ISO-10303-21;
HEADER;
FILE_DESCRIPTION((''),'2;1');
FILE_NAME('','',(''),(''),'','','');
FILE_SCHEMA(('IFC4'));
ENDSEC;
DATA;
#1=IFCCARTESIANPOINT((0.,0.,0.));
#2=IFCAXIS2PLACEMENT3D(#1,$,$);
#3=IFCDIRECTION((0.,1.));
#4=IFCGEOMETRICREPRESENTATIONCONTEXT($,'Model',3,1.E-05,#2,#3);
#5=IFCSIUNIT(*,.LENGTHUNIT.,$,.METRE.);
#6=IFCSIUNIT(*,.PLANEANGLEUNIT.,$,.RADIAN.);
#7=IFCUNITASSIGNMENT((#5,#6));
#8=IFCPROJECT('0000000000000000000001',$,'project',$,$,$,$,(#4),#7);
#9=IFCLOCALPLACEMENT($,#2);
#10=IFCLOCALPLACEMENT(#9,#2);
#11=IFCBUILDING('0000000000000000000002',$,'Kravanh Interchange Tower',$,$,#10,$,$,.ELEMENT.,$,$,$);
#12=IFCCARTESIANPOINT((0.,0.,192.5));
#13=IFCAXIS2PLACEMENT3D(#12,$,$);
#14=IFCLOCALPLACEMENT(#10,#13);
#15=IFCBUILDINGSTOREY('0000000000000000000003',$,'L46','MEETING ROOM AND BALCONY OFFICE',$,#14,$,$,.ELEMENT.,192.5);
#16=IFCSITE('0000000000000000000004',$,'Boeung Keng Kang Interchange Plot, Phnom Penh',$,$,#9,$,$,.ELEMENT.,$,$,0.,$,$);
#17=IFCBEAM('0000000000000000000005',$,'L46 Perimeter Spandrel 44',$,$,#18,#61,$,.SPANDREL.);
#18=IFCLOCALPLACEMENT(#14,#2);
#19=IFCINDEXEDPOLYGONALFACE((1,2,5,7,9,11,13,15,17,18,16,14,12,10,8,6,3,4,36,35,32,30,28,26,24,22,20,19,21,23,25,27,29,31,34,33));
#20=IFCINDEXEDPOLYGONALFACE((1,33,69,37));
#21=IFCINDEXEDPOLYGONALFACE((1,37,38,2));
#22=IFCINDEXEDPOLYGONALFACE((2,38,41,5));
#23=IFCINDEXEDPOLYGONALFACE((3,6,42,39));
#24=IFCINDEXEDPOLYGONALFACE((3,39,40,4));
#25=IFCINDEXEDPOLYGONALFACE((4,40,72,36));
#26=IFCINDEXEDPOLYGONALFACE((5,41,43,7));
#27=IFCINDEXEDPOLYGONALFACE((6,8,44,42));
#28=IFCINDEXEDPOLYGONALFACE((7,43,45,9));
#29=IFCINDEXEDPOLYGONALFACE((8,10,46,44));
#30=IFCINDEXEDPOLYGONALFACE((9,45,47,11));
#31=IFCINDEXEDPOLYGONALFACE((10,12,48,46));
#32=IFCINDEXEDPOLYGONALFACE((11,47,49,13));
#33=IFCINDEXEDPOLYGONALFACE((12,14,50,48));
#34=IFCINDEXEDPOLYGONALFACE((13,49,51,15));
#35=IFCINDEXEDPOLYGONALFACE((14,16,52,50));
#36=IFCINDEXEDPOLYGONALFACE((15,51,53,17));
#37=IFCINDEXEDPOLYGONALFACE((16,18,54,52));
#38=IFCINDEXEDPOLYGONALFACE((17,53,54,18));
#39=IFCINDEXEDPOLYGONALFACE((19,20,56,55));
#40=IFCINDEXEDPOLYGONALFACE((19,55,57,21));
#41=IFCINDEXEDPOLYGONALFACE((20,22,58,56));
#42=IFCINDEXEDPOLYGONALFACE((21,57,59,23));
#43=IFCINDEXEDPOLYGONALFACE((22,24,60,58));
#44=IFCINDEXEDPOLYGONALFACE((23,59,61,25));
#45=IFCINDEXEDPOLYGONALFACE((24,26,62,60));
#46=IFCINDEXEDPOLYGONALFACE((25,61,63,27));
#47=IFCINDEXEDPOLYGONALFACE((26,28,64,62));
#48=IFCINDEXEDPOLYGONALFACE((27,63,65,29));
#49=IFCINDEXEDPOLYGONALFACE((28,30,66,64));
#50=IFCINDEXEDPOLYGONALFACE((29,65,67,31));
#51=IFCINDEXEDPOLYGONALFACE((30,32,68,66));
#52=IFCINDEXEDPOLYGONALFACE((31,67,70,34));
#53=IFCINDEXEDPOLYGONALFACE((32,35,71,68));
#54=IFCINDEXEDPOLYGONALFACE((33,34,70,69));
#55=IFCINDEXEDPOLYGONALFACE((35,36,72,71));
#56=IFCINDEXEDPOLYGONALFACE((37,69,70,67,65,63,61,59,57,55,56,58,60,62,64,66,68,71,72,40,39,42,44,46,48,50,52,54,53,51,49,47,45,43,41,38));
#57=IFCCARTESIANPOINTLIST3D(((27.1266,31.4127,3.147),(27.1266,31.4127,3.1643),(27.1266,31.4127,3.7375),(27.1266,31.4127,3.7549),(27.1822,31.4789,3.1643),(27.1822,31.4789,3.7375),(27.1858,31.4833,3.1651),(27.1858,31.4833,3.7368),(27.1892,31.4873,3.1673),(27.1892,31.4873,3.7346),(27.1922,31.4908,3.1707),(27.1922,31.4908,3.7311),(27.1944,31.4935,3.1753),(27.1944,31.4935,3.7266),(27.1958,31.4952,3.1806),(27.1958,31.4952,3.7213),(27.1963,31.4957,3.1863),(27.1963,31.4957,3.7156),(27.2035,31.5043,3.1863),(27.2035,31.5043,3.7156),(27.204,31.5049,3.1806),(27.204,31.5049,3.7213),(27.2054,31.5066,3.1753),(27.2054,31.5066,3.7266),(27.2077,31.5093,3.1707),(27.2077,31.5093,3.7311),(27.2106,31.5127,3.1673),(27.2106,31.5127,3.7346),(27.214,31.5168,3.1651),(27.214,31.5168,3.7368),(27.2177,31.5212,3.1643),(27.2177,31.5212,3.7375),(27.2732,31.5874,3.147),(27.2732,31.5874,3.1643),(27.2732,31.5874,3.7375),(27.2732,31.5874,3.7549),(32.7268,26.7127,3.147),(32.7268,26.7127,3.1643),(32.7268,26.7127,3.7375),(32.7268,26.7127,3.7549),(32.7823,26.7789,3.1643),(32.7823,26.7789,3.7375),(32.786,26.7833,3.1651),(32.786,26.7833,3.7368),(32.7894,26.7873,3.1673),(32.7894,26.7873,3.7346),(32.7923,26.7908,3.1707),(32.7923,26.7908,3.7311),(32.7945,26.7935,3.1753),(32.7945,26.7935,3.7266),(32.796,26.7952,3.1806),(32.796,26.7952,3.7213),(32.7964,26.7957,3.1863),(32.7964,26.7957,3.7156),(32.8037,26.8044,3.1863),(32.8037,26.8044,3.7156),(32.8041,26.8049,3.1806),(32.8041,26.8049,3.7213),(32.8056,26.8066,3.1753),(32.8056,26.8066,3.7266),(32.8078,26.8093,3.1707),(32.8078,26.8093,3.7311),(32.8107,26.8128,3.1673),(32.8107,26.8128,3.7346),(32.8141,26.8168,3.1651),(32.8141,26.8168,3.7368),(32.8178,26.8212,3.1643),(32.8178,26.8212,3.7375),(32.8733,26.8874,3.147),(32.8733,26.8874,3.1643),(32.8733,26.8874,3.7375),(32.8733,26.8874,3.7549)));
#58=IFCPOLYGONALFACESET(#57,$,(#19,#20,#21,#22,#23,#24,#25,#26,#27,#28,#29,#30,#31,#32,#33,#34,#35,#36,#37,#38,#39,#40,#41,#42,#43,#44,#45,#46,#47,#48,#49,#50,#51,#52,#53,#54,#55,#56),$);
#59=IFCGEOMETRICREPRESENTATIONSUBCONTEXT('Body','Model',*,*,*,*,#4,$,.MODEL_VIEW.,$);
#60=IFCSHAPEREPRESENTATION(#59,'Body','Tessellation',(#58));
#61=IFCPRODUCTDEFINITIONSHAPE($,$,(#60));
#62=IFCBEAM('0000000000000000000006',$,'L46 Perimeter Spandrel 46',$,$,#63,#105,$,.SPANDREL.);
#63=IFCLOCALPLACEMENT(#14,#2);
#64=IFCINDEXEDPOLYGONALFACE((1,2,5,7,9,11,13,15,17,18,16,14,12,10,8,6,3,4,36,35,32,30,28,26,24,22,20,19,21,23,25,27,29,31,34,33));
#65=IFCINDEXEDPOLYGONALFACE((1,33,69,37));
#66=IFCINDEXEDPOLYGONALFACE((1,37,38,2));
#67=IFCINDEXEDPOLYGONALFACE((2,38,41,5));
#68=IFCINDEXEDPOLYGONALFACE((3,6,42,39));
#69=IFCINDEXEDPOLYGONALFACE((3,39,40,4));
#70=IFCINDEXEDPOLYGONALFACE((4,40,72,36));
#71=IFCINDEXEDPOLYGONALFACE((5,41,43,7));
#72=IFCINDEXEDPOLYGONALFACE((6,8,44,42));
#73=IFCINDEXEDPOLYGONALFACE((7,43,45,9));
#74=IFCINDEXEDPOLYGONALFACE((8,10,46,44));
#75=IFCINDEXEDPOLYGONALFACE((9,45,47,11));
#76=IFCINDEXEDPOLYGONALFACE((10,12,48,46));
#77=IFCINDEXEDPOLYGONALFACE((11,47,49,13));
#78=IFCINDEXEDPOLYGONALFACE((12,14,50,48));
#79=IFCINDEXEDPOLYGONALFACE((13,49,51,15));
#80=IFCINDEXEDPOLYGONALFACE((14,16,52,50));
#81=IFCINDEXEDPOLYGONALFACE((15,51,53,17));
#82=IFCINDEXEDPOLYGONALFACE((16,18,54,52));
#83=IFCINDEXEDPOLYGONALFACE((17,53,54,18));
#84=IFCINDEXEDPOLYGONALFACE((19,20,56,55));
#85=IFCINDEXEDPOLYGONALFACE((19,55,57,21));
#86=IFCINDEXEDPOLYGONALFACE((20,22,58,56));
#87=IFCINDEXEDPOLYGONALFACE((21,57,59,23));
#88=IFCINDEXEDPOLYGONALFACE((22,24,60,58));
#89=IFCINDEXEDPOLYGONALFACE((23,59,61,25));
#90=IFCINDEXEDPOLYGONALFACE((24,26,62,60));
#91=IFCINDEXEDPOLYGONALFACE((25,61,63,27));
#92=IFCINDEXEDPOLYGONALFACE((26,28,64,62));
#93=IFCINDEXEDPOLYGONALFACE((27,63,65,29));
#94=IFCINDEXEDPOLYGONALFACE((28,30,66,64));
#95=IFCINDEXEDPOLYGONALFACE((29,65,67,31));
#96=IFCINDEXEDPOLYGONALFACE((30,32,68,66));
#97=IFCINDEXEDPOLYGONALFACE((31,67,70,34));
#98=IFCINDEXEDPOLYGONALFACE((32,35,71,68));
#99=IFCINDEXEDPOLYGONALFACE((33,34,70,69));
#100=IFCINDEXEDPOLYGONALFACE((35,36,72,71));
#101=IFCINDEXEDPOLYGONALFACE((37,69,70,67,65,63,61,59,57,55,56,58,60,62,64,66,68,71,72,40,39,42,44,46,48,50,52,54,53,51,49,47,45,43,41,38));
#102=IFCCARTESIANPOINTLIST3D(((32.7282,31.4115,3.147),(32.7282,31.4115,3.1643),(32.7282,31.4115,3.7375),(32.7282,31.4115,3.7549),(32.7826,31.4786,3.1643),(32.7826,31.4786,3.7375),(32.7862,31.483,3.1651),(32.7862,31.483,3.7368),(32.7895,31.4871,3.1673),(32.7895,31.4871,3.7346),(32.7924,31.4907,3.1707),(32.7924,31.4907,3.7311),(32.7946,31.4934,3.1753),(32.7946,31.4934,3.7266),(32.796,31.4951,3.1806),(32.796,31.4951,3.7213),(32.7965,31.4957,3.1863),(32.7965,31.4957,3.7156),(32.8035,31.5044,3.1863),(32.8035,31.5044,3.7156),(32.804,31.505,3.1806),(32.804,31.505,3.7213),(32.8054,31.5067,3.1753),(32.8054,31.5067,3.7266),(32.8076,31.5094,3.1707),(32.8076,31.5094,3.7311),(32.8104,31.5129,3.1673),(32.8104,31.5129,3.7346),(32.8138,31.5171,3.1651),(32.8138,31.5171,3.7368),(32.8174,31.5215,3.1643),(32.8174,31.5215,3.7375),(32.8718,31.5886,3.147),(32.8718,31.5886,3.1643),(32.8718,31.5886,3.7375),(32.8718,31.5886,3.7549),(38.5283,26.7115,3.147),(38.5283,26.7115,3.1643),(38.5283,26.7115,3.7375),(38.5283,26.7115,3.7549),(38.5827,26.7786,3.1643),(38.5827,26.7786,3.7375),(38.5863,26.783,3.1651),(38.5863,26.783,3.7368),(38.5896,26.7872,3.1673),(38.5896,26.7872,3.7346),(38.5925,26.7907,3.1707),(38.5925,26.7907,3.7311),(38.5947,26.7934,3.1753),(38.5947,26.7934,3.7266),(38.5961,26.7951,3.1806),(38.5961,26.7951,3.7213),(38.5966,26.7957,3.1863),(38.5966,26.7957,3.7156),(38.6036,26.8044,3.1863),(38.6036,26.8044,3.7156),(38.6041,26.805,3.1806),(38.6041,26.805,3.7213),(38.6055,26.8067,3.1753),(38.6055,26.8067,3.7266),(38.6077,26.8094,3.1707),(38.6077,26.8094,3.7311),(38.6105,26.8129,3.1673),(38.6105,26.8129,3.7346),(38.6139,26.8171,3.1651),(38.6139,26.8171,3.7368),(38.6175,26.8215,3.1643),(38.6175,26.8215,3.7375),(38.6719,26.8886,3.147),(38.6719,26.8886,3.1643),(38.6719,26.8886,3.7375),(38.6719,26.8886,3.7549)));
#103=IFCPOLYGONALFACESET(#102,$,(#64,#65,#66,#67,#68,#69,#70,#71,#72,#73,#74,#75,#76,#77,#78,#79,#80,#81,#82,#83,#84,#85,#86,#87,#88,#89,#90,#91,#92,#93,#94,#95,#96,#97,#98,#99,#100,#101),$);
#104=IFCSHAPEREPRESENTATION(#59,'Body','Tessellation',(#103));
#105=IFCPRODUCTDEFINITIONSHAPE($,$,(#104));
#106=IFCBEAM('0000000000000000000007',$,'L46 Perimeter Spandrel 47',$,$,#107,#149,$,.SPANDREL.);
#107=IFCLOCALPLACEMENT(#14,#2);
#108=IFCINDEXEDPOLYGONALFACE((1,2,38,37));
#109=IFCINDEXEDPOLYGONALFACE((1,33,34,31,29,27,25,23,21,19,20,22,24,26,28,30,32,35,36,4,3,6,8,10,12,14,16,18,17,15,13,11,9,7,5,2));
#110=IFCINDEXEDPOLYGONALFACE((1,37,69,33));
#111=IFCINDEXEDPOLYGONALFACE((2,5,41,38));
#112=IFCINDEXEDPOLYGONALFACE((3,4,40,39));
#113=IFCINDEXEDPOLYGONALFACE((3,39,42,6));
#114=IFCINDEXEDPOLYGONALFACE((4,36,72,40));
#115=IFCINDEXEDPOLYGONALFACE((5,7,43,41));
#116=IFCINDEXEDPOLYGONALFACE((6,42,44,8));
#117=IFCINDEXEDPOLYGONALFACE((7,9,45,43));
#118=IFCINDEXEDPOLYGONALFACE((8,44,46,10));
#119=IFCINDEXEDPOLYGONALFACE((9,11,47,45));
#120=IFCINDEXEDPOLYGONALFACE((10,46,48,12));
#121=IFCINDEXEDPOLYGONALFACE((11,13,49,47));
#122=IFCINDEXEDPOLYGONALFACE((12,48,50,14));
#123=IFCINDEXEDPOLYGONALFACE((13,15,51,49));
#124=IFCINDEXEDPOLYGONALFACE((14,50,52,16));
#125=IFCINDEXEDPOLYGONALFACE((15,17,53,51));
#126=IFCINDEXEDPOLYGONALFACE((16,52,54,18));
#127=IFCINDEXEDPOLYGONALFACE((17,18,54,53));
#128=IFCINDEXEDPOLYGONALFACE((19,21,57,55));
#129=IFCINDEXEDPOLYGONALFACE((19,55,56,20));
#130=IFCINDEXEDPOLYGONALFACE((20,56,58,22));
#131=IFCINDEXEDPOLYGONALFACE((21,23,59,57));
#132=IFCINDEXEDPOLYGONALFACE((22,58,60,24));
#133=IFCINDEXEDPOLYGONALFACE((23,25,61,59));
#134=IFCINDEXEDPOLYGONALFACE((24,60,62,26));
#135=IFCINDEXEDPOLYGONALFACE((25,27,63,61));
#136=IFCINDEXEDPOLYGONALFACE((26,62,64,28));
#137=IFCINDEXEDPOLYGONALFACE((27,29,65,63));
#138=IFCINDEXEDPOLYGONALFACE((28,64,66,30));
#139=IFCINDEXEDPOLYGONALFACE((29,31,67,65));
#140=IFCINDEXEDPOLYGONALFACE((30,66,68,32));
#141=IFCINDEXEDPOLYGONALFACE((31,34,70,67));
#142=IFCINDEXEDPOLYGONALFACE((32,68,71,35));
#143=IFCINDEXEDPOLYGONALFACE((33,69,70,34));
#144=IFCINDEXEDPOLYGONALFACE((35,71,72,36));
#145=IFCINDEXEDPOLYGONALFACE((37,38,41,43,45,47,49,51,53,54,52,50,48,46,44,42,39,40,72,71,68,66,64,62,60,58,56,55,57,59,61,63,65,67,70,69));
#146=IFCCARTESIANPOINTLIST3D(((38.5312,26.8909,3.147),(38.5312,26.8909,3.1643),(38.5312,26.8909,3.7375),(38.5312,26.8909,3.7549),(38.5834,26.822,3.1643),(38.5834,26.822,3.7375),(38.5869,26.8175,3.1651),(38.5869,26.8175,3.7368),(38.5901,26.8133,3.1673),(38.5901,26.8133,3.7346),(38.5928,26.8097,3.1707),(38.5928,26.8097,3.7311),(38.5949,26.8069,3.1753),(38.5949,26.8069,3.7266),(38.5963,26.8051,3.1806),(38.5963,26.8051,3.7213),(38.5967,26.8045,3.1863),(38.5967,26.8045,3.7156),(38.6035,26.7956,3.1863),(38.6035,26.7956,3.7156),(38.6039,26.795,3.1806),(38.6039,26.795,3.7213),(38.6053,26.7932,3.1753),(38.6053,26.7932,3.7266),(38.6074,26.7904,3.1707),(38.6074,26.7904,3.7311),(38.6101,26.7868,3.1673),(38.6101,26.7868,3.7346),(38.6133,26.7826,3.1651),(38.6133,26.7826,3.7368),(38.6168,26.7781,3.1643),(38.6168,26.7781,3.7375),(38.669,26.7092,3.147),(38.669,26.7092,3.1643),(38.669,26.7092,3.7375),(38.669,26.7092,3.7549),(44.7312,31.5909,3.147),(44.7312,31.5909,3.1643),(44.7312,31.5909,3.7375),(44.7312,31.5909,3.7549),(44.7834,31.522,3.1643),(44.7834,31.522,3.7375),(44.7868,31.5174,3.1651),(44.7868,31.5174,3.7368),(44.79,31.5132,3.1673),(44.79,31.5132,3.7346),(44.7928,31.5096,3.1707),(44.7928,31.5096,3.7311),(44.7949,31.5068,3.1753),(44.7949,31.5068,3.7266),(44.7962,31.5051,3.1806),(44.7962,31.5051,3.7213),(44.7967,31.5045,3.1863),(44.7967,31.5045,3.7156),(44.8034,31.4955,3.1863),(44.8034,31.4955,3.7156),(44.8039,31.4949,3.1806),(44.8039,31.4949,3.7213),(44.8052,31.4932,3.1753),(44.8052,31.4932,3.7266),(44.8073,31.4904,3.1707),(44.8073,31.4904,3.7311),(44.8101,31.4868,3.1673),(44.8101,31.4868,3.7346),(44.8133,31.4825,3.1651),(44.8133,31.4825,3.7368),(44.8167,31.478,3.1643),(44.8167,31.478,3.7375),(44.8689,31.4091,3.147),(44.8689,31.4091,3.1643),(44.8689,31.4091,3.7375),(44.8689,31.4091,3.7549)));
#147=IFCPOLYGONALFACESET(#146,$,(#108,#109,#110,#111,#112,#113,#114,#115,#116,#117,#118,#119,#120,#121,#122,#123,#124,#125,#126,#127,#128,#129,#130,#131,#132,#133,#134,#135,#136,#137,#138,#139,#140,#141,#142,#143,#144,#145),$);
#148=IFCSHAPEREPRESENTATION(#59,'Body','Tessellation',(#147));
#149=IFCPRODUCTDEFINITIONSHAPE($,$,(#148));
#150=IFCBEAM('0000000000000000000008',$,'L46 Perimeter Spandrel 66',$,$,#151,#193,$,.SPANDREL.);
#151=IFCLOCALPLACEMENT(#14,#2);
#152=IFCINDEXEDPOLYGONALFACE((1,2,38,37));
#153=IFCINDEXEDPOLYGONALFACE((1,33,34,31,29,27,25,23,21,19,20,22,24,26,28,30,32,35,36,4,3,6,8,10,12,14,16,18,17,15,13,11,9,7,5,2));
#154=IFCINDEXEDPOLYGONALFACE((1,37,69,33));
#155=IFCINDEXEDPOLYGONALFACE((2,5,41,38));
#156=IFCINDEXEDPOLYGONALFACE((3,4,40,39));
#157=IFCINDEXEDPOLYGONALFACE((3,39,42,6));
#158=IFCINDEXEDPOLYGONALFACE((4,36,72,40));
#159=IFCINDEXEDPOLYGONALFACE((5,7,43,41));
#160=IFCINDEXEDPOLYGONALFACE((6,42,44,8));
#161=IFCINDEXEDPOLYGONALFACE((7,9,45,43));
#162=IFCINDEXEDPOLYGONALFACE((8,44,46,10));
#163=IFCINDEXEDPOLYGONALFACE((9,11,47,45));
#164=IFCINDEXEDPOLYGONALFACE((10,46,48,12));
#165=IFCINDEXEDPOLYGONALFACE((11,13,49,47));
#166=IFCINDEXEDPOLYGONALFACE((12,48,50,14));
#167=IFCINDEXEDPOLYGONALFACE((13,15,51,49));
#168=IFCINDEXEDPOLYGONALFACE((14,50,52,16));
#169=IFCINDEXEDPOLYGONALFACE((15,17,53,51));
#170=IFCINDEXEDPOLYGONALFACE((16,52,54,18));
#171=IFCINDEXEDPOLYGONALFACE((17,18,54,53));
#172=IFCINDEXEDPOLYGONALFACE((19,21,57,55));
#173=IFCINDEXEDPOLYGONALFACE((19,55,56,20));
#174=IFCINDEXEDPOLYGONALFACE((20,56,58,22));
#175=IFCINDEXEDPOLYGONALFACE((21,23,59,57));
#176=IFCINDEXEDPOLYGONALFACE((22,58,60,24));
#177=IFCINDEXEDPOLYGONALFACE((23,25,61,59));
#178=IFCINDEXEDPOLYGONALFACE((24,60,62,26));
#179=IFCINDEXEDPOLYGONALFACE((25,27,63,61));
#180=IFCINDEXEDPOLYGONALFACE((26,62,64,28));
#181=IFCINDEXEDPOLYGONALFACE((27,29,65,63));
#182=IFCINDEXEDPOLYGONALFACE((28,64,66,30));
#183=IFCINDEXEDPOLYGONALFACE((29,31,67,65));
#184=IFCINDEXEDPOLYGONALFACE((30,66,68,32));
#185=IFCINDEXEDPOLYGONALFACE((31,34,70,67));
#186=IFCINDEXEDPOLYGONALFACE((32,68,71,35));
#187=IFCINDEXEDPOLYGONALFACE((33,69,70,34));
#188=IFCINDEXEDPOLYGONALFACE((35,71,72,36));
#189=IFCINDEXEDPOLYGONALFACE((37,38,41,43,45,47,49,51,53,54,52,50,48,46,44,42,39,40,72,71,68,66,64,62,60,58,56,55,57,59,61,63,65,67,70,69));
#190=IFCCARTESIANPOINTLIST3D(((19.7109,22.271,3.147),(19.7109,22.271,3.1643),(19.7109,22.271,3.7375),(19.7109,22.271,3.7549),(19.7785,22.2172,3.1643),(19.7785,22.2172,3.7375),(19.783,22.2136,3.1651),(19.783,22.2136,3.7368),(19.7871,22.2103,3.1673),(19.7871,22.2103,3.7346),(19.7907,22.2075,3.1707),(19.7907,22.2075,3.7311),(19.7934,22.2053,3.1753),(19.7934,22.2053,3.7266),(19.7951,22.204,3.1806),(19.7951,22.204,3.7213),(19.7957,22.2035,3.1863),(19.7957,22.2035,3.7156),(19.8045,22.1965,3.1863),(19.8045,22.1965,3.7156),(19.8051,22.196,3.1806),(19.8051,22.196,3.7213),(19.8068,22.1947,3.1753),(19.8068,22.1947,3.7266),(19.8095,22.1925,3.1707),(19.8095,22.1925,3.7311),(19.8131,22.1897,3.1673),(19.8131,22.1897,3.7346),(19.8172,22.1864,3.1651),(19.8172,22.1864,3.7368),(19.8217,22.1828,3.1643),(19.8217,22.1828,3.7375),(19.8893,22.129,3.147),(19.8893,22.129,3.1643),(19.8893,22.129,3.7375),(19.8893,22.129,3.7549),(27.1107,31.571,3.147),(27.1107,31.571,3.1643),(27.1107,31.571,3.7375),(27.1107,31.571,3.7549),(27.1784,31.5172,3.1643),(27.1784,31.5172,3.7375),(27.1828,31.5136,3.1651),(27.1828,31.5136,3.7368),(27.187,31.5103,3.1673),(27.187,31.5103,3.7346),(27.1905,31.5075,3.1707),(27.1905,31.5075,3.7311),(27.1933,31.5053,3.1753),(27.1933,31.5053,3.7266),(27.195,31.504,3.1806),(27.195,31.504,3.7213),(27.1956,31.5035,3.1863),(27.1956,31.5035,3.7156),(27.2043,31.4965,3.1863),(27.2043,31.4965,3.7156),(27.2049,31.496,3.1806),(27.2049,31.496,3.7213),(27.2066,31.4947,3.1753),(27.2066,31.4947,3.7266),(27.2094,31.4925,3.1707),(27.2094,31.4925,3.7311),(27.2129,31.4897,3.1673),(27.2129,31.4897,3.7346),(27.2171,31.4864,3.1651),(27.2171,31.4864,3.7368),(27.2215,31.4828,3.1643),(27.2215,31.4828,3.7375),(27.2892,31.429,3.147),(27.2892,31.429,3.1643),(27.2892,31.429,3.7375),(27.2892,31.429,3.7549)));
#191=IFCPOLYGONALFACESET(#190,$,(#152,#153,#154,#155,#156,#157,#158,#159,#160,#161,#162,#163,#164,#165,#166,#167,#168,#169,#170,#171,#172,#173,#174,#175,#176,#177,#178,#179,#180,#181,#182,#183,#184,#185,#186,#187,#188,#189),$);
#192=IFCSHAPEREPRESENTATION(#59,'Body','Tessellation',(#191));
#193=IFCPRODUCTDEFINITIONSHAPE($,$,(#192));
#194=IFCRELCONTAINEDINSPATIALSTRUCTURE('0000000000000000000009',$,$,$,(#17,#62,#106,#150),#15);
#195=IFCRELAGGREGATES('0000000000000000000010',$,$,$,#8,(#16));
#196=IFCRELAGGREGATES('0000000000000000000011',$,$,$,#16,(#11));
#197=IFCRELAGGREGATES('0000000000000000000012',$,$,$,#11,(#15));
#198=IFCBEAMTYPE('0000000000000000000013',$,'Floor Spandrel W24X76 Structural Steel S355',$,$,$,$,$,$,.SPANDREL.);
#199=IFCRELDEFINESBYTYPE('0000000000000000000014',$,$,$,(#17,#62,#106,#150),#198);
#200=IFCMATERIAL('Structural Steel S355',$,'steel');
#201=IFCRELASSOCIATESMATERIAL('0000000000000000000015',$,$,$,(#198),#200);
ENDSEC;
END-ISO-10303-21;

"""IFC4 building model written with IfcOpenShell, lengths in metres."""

from ifc_helpers import new_model, si_unit, direction, frame, origin, origin_2d, place, context, subcontext, project, spatial, i_section, extrude, material, material_profile, profile_set, type_object, element, save


model = new_model("IFC4")

# Units and contexts
model_context = context("Model", 3, precision=1e-05, world=origin(), true_north=direction((0.0, 1.0)))
body_context = subcontext(model_context, "Body", "Model", "MODEL_VIEW")
ifc_project = project(units=[si_unit("LENGTHUNIT", "METRE"), si_unit("PLANEANGLEUNIT", "RADIAN")], contexts=[model_context])

# Site, building, storey
site_placement = place(None, origin())
site = spatial("IfcSite", under=ifc_project, at=site_placement, Name="Boeung Keng Kang Interchange Plot, Phnom Penh", CompositionType="ELEMENT", RefElevation=0.0)
building_placement = place(site_placement, origin())
building = spatial("IfcBuilding", under=site, at=building_placement, Name="Kravanh Interchange Tower", CompositionType="ELEMENT")
storey_placement = place(building_placement, frame((0.0, 0.0, 192.5)))
storey = spatial("IfcBuildingStorey", under=building, at=storey_placement, Name="L46", Description="MEETING ROOM AND BALCONY OFFICE", CompositionType="ELEMENT", Elevation=192.5)

# Beams
ifc_material_1 = material(Name="Structural Steel S355", Category="steel")
ifc_material_profile_1 = material_profile(ifc_material_1, i_section(OverallWidth=0.228, OverallDepth=0.6079, WebThickness=0.0112, FlangeThickness=0.0173, FilletRadius=0.022, at=origin_2d()), Name="W24X76")
ifc_profile_set_1 = profile_set([ifc_material_profile_1], Name="Structural Steel S355")
beam_type_1 = type_object("IfcBeamType", Name="Floor Spandrel W24X76 Structural Steel S355", PredefinedType="SPANDREL", material=ifc_profile_set_1)
beam_1_placement = place(storey_placement, frame((32.8, 26.8, 3.4509), z_axis=(-0.765983, 0.642861, 0.0), x_axis=(-0.642861, -0.765983, 0.0)))
element("IfcBeam", 1, at=beam_1_placement, inside=storey, type_object=beam_type_1, Name="L46 Perimeter Spandrel 44", PredefinedType="SPANDREL", context=body_context, shape_type="SweptSolid", body=[
    extrude(i_section(OverallWidth=0.228, OverallDepth=0.6079, WebThickness=0.0112, FlangeThickness=0.0173, FilletRadius=0.022, at=origin_2d()), origin(), (0.0, 0.0, 1.0), 7.311),
])
beam_2_placement = place(storey_placement, frame((38.6001, 26.8, 3.4509), z_axis=(-0.776939, 0.629576, 0.0), x_axis=(-0.629576, -0.776939, 0.0)))
element("IfcBeam", 2, at=beam_2_placement, inside=storey, type_object=beam_type_1, Name="L46 Perimeter Spandrel 46", PredefinedType="SPANDREL", context=body_context, shape_type="SweptSolid", body=[
    extrude(i_section(OverallWidth=0.228, OverallDepth=0.6079, WebThickness=0.0112, FlangeThickness=0.0173, FilletRadius=0.022, at=origin_2d()), origin(), (0.0, 0.0, 1.0), 7.4653),
])
beam_3_placement = place(storey_placement, frame((38.6001, 26.8, 3.4509), z_axis=(0.796905, 0.604104, 0.0), x_axis=(-0.604104, 0.796905, 0.0)))
element("IfcBeam", 3, at=beam_3_placement, inside=storey, type_object=beam_type_1, Name="L46 Perimeter Spandrel 47", PredefinedType="SPANDREL", context=body_context, shape_type="SweptSolid", body=[
    extrude(i_section(OverallWidth=0.228, OverallDepth=0.6079, WebThickness=0.0112, FlangeThickness=0.0173, FilletRadius=0.022, at=origin_2d()), origin(), (0.0, 0.0, 1.0), 7.78),
])
beam_4_placement = place(storey_placement, frame((27.2, 31.5, 3.4509), z_axis=(-0.622634, -0.782513, 0.0), x_axis=(0.782513, -0.622634, 0.0)))
element("IfcBeam", 4, at=beam_4_placement, inside=storey, type_object=beam_type_1, Name="L46 Perimeter Spandrel 66", PredefinedType="SPANDREL", context=body_context, shape_type="SweptSolid", body=[
    extrude(i_section(OverallWidth=0.228, OverallDepth=0.6079, WebThickness=0.0112, FlangeThickness=0.0173, FilletRadius=0.022, at=origin_2d()), origin(), (0.0, 0.0, 1.0), 11.8848),
])

save(model, "model.ifc")
